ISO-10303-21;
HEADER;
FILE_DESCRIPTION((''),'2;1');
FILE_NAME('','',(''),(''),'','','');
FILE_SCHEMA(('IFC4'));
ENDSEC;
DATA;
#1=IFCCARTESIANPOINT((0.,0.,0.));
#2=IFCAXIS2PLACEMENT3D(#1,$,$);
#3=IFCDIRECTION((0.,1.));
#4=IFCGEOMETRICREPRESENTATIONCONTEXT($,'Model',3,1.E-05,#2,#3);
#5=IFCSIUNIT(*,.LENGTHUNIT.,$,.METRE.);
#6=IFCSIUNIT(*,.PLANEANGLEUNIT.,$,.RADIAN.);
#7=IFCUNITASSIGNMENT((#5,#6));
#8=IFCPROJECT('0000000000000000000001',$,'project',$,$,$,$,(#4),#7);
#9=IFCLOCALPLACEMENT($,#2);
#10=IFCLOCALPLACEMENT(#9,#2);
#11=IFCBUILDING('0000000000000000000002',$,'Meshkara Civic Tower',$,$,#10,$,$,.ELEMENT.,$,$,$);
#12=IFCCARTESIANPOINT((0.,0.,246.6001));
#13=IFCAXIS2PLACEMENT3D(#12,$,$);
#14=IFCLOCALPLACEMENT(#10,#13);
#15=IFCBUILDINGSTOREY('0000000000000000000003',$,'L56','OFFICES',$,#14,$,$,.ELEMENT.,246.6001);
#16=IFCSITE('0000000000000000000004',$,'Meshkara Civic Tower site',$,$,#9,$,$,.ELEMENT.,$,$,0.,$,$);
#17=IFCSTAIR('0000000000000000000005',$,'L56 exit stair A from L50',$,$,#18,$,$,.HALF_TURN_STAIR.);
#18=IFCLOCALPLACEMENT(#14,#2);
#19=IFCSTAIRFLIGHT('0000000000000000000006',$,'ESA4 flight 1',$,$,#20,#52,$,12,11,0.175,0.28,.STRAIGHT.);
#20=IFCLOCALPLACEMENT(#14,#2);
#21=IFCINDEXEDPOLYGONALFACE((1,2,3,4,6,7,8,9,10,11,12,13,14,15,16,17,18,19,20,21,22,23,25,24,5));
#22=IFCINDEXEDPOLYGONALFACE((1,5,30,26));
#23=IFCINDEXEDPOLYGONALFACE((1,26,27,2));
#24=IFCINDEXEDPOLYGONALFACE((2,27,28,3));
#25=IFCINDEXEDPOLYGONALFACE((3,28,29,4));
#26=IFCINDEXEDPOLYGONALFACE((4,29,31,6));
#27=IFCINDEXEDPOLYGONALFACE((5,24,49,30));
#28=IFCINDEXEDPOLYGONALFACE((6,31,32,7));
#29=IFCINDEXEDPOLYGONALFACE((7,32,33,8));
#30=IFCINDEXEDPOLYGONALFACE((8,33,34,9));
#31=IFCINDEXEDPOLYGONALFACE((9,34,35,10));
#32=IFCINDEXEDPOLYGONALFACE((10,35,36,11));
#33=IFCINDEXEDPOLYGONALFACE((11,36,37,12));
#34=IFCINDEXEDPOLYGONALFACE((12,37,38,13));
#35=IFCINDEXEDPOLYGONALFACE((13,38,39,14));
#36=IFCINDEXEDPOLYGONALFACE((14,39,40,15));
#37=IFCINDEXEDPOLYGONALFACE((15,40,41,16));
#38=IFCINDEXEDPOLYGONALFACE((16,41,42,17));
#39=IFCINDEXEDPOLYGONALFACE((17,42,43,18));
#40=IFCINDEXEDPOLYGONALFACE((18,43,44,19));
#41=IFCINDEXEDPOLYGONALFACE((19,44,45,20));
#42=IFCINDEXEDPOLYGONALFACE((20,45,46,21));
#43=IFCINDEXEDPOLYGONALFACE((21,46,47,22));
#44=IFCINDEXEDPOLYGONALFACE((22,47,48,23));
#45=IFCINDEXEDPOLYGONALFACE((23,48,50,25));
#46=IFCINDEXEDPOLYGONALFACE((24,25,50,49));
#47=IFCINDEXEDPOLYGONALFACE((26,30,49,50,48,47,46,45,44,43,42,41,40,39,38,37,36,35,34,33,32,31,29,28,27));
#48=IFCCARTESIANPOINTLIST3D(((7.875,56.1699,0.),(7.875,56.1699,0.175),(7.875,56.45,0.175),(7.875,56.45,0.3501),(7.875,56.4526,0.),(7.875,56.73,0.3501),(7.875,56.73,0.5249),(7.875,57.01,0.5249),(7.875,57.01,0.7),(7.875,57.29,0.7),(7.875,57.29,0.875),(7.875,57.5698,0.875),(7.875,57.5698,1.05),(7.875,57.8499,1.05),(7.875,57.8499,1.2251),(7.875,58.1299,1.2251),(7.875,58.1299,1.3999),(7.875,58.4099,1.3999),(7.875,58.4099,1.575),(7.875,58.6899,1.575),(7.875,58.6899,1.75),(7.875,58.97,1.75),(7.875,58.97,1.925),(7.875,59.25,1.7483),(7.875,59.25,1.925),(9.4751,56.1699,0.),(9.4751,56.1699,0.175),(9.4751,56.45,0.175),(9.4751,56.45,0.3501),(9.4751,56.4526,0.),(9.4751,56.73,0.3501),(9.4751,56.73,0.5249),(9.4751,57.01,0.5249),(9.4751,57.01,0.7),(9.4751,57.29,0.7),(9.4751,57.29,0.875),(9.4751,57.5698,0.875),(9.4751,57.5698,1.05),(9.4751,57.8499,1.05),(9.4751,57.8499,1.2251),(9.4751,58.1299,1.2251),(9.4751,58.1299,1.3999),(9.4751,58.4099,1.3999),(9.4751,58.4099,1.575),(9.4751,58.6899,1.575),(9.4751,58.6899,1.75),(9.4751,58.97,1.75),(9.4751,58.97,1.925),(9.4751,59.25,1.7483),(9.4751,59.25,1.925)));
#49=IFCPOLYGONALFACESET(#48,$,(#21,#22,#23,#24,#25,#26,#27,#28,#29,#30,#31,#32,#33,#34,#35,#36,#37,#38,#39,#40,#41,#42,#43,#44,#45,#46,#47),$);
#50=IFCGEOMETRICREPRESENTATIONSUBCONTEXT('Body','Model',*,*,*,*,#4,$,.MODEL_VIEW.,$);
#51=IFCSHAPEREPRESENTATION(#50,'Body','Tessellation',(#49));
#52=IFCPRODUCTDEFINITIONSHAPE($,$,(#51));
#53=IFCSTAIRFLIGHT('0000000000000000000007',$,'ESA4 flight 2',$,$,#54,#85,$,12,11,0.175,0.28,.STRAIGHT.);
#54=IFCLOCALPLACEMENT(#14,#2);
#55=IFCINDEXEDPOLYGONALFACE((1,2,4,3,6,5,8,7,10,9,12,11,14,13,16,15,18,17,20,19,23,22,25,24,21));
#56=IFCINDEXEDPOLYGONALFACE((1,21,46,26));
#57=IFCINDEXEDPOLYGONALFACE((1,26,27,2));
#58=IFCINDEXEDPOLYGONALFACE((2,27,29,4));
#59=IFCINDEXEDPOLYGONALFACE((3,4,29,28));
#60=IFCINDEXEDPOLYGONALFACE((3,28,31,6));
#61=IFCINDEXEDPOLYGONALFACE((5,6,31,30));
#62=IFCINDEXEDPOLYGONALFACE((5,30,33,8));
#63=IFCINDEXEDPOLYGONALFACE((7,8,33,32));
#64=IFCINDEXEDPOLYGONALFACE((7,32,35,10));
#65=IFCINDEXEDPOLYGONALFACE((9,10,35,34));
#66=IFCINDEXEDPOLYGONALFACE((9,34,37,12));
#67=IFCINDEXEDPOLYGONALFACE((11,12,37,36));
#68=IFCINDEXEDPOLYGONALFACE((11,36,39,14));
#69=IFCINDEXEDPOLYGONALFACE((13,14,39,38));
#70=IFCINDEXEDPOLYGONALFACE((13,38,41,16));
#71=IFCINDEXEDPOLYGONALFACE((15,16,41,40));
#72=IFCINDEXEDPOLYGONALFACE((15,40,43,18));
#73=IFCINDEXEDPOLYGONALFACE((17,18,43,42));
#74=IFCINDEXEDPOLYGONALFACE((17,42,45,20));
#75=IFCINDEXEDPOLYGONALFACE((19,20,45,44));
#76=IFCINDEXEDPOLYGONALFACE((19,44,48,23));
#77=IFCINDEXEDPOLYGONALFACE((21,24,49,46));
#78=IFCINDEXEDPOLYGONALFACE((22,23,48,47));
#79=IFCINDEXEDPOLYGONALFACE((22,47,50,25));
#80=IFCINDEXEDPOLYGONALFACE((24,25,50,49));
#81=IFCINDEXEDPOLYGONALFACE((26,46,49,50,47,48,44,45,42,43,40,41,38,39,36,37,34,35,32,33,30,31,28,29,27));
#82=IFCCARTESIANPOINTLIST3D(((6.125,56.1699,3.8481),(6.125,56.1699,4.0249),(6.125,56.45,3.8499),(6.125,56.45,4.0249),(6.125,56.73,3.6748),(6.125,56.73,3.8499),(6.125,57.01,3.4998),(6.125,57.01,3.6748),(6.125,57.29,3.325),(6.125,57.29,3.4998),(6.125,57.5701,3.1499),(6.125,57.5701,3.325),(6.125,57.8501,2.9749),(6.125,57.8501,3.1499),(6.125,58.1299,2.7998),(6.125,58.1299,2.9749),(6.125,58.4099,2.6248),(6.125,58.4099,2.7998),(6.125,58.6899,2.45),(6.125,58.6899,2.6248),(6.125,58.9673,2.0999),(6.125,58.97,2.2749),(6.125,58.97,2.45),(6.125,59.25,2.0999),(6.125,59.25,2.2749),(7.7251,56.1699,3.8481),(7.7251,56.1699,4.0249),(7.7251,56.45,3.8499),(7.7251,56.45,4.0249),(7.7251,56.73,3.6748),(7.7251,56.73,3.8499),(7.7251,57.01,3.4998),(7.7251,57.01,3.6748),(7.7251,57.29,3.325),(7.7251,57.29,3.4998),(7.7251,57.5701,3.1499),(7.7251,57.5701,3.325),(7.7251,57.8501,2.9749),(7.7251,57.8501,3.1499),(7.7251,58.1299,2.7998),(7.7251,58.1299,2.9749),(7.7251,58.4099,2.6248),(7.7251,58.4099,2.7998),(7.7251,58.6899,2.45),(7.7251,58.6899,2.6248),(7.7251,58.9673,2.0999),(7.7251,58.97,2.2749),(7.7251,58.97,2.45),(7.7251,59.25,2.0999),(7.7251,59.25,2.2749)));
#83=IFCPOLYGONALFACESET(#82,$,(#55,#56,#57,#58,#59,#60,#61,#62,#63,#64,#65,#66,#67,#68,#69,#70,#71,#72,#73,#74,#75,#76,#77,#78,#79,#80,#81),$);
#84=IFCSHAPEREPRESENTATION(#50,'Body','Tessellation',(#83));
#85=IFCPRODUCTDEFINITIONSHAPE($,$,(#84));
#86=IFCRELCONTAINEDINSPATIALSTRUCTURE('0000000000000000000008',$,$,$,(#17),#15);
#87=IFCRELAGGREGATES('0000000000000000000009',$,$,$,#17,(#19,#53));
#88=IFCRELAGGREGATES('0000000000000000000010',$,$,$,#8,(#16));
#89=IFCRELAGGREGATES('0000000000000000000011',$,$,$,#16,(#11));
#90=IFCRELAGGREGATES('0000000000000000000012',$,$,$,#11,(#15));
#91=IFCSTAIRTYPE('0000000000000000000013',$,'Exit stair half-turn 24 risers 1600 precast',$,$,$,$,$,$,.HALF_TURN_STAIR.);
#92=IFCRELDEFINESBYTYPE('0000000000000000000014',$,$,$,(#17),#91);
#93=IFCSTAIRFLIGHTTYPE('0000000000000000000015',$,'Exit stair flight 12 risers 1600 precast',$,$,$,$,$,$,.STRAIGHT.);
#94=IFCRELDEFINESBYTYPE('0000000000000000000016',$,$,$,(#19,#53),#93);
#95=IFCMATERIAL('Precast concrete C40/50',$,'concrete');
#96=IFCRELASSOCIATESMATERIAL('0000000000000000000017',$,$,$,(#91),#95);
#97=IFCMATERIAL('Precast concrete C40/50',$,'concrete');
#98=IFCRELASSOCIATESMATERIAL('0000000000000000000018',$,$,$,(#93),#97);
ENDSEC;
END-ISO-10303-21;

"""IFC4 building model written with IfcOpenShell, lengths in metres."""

from ifc_helpers import new_model, si_unit, direction, frame, origin, place, context, subcontext, project, spatial, polyline, outline, extrude, material, type_object, element, aggregate, save


model = new_model("IFC4")

# Units and contexts
model_context = context("Model", 3, precision=1e-05, world=origin(), true_north=direction((0.0, 1.0)))
body_context = subcontext(model_context, "Body", "Model", "MODEL_VIEW")
ifc_project = project(units=[si_unit("LENGTHUNIT", "METRE"), si_unit("PLANEANGLEUNIT", "RADIAN")], contexts=[model_context])

# Site, building, storey
site_placement = place(None, origin())
site = spatial("IfcSite", under=ifc_project, at=site_placement, Name="Meshkara Civic Tower site", CompositionType="ELEMENT", RefElevation=0.0)
building_placement = place(site_placement, origin())
building = spatial("IfcBuilding", under=site, at=building_placement, Name="Meshkara Civic Tower", CompositionType="ELEMENT")
storey_placement = place(building_placement, frame((0.0, 0.0, 246.6001)))
storey = spatial("IfcBuildingStorey", under=building, at=storey_placement, Name="L56", Description="OFFICES", CompositionType="ELEMENT", Elevation=246.6001)

# Stair, stair flights
ifc_material_1 = material(Name="Precast concrete C40/50", Category="concrete")
stair_type = type_object("IfcStairType", Name="Exit stair half-turn 24 risers 1600 precast", PredefinedType="HALF_TURN_STAIR", material=ifc_material_1)
stair_placement = place(storey_placement, origin())
stair = element("IfcStair", 1, at=stair_placement, inside=storey, type_object=stair_type, Name="L56 exit stair A from L50", PredefinedType="HALF_TURN_STAIR")
ifc_material_2 = material(Name="Precast concrete C40/50", Category="concrete")
stair_flight_type = type_object("IfcStairFlightType", Name="Exit stair flight 12 risers 1600 precast", PredefinedType="STRAIGHT", material=ifc_material_2)
stair_flight_1_placement = place(storey_placement, frame((8.675, 56.1699, 0.0), z_axis=(0.0, 0.0, 1.0), x_axis=(0.0, 1.0, 0.0)))
stair_flight_1 = element("IfcStairFlight", 2, at=stair_flight_1_placement, type_object=stair_flight_type, Name="ESA4 flight 1", NumberOfRisers=12, NumberOfTreads=11, PredefinedType="STRAIGHT", RiserHeight=0.175, TreadLength=0.28, context=body_context, shape_type="SweptSolid", body=[
    extrude(outline(polyline([(0.0, 0.0), (0.0, 0.175), (0.28, 0.175), (0.28, 0.3501), (0.5601, 0.3501), (0.5601, 0.5249), (0.8401, 0.5249), (0.8401, 0.7), (1.1201, 0.7), (1.1201, 0.875), (1.3999, 0.875), (1.3999, 1.05), (1.6799, 1.05), (1.6799, 1.2251), (1.96, 1.2251), (1.96, 1.3999), (2.24, 1.3999), (2.24, 1.575), (2.52, 1.575), (2.52, 1.75), (2.8, 1.75), (2.8, 1.925), (3.0801, 1.925), (3.0801, 2.1001), (3.0801, 1.7483), (0.2827, 0.0), (0.0, 0.0)])), frame((0.0, 0.8, 0.0), z_axis=(0.0, -1.0, 0.0), x_axis=(1.0, 0.0, 0.0)), (0.0, 0.0, 1.0), 1.6001),
])
stair_flight_2_placement = place(storey_placement, frame((6.925, 59.25, 2.0999), z_axis=(0.0, 0.0, 1.0), x_axis=(0.0, -1.0, 0.0)))
stair_flight_2 = element("IfcStairFlight", 3, at=stair_flight_2_placement, type_object=stair_flight_type, Name="ESA4 flight 2", NumberOfRisers=12, NumberOfTreads=11, PredefinedType="STRAIGHT", RiserHeight=0.175, TreadLength=0.28, context=body_context, shape_type="SweptSolid", body=[
    extrude(outline(polyline([(0.0, 0.0), (0.0, 0.175), (0.28, 0.175), (0.28, 0.3501), (0.5601, 0.3501), (0.5601, 0.5249), (0.8401, 0.5249), (0.8401, 0.7), (1.1201, 0.7), (1.1201, 0.875), (1.3999, 0.875), (1.3999, 1.05), (1.6799, 1.05), (1.6799, 1.2251), (1.96, 1.2251), (1.96, 1.3999), (2.24, 1.3999), (2.24, 1.575), (2.52, 1.575), (2.52, 1.75), (2.8, 1.75), (2.8, 1.925), (3.0801, 1.925), (3.0801, 2.1001), (3.0801, 1.7483), (0.2827, 0.0), (0.0, 0.0)])), frame((0.0, 0.8, 0.0), z_axis=(0.0, -1.0, 0.0), x_axis=(1.0, 0.0, 0.0)), (0.0, 0.0, 1.0), 1.6001),
])
aggregate(stair, [stair_flight_1, stair_flight_2])

save(model, "model.ifc")
